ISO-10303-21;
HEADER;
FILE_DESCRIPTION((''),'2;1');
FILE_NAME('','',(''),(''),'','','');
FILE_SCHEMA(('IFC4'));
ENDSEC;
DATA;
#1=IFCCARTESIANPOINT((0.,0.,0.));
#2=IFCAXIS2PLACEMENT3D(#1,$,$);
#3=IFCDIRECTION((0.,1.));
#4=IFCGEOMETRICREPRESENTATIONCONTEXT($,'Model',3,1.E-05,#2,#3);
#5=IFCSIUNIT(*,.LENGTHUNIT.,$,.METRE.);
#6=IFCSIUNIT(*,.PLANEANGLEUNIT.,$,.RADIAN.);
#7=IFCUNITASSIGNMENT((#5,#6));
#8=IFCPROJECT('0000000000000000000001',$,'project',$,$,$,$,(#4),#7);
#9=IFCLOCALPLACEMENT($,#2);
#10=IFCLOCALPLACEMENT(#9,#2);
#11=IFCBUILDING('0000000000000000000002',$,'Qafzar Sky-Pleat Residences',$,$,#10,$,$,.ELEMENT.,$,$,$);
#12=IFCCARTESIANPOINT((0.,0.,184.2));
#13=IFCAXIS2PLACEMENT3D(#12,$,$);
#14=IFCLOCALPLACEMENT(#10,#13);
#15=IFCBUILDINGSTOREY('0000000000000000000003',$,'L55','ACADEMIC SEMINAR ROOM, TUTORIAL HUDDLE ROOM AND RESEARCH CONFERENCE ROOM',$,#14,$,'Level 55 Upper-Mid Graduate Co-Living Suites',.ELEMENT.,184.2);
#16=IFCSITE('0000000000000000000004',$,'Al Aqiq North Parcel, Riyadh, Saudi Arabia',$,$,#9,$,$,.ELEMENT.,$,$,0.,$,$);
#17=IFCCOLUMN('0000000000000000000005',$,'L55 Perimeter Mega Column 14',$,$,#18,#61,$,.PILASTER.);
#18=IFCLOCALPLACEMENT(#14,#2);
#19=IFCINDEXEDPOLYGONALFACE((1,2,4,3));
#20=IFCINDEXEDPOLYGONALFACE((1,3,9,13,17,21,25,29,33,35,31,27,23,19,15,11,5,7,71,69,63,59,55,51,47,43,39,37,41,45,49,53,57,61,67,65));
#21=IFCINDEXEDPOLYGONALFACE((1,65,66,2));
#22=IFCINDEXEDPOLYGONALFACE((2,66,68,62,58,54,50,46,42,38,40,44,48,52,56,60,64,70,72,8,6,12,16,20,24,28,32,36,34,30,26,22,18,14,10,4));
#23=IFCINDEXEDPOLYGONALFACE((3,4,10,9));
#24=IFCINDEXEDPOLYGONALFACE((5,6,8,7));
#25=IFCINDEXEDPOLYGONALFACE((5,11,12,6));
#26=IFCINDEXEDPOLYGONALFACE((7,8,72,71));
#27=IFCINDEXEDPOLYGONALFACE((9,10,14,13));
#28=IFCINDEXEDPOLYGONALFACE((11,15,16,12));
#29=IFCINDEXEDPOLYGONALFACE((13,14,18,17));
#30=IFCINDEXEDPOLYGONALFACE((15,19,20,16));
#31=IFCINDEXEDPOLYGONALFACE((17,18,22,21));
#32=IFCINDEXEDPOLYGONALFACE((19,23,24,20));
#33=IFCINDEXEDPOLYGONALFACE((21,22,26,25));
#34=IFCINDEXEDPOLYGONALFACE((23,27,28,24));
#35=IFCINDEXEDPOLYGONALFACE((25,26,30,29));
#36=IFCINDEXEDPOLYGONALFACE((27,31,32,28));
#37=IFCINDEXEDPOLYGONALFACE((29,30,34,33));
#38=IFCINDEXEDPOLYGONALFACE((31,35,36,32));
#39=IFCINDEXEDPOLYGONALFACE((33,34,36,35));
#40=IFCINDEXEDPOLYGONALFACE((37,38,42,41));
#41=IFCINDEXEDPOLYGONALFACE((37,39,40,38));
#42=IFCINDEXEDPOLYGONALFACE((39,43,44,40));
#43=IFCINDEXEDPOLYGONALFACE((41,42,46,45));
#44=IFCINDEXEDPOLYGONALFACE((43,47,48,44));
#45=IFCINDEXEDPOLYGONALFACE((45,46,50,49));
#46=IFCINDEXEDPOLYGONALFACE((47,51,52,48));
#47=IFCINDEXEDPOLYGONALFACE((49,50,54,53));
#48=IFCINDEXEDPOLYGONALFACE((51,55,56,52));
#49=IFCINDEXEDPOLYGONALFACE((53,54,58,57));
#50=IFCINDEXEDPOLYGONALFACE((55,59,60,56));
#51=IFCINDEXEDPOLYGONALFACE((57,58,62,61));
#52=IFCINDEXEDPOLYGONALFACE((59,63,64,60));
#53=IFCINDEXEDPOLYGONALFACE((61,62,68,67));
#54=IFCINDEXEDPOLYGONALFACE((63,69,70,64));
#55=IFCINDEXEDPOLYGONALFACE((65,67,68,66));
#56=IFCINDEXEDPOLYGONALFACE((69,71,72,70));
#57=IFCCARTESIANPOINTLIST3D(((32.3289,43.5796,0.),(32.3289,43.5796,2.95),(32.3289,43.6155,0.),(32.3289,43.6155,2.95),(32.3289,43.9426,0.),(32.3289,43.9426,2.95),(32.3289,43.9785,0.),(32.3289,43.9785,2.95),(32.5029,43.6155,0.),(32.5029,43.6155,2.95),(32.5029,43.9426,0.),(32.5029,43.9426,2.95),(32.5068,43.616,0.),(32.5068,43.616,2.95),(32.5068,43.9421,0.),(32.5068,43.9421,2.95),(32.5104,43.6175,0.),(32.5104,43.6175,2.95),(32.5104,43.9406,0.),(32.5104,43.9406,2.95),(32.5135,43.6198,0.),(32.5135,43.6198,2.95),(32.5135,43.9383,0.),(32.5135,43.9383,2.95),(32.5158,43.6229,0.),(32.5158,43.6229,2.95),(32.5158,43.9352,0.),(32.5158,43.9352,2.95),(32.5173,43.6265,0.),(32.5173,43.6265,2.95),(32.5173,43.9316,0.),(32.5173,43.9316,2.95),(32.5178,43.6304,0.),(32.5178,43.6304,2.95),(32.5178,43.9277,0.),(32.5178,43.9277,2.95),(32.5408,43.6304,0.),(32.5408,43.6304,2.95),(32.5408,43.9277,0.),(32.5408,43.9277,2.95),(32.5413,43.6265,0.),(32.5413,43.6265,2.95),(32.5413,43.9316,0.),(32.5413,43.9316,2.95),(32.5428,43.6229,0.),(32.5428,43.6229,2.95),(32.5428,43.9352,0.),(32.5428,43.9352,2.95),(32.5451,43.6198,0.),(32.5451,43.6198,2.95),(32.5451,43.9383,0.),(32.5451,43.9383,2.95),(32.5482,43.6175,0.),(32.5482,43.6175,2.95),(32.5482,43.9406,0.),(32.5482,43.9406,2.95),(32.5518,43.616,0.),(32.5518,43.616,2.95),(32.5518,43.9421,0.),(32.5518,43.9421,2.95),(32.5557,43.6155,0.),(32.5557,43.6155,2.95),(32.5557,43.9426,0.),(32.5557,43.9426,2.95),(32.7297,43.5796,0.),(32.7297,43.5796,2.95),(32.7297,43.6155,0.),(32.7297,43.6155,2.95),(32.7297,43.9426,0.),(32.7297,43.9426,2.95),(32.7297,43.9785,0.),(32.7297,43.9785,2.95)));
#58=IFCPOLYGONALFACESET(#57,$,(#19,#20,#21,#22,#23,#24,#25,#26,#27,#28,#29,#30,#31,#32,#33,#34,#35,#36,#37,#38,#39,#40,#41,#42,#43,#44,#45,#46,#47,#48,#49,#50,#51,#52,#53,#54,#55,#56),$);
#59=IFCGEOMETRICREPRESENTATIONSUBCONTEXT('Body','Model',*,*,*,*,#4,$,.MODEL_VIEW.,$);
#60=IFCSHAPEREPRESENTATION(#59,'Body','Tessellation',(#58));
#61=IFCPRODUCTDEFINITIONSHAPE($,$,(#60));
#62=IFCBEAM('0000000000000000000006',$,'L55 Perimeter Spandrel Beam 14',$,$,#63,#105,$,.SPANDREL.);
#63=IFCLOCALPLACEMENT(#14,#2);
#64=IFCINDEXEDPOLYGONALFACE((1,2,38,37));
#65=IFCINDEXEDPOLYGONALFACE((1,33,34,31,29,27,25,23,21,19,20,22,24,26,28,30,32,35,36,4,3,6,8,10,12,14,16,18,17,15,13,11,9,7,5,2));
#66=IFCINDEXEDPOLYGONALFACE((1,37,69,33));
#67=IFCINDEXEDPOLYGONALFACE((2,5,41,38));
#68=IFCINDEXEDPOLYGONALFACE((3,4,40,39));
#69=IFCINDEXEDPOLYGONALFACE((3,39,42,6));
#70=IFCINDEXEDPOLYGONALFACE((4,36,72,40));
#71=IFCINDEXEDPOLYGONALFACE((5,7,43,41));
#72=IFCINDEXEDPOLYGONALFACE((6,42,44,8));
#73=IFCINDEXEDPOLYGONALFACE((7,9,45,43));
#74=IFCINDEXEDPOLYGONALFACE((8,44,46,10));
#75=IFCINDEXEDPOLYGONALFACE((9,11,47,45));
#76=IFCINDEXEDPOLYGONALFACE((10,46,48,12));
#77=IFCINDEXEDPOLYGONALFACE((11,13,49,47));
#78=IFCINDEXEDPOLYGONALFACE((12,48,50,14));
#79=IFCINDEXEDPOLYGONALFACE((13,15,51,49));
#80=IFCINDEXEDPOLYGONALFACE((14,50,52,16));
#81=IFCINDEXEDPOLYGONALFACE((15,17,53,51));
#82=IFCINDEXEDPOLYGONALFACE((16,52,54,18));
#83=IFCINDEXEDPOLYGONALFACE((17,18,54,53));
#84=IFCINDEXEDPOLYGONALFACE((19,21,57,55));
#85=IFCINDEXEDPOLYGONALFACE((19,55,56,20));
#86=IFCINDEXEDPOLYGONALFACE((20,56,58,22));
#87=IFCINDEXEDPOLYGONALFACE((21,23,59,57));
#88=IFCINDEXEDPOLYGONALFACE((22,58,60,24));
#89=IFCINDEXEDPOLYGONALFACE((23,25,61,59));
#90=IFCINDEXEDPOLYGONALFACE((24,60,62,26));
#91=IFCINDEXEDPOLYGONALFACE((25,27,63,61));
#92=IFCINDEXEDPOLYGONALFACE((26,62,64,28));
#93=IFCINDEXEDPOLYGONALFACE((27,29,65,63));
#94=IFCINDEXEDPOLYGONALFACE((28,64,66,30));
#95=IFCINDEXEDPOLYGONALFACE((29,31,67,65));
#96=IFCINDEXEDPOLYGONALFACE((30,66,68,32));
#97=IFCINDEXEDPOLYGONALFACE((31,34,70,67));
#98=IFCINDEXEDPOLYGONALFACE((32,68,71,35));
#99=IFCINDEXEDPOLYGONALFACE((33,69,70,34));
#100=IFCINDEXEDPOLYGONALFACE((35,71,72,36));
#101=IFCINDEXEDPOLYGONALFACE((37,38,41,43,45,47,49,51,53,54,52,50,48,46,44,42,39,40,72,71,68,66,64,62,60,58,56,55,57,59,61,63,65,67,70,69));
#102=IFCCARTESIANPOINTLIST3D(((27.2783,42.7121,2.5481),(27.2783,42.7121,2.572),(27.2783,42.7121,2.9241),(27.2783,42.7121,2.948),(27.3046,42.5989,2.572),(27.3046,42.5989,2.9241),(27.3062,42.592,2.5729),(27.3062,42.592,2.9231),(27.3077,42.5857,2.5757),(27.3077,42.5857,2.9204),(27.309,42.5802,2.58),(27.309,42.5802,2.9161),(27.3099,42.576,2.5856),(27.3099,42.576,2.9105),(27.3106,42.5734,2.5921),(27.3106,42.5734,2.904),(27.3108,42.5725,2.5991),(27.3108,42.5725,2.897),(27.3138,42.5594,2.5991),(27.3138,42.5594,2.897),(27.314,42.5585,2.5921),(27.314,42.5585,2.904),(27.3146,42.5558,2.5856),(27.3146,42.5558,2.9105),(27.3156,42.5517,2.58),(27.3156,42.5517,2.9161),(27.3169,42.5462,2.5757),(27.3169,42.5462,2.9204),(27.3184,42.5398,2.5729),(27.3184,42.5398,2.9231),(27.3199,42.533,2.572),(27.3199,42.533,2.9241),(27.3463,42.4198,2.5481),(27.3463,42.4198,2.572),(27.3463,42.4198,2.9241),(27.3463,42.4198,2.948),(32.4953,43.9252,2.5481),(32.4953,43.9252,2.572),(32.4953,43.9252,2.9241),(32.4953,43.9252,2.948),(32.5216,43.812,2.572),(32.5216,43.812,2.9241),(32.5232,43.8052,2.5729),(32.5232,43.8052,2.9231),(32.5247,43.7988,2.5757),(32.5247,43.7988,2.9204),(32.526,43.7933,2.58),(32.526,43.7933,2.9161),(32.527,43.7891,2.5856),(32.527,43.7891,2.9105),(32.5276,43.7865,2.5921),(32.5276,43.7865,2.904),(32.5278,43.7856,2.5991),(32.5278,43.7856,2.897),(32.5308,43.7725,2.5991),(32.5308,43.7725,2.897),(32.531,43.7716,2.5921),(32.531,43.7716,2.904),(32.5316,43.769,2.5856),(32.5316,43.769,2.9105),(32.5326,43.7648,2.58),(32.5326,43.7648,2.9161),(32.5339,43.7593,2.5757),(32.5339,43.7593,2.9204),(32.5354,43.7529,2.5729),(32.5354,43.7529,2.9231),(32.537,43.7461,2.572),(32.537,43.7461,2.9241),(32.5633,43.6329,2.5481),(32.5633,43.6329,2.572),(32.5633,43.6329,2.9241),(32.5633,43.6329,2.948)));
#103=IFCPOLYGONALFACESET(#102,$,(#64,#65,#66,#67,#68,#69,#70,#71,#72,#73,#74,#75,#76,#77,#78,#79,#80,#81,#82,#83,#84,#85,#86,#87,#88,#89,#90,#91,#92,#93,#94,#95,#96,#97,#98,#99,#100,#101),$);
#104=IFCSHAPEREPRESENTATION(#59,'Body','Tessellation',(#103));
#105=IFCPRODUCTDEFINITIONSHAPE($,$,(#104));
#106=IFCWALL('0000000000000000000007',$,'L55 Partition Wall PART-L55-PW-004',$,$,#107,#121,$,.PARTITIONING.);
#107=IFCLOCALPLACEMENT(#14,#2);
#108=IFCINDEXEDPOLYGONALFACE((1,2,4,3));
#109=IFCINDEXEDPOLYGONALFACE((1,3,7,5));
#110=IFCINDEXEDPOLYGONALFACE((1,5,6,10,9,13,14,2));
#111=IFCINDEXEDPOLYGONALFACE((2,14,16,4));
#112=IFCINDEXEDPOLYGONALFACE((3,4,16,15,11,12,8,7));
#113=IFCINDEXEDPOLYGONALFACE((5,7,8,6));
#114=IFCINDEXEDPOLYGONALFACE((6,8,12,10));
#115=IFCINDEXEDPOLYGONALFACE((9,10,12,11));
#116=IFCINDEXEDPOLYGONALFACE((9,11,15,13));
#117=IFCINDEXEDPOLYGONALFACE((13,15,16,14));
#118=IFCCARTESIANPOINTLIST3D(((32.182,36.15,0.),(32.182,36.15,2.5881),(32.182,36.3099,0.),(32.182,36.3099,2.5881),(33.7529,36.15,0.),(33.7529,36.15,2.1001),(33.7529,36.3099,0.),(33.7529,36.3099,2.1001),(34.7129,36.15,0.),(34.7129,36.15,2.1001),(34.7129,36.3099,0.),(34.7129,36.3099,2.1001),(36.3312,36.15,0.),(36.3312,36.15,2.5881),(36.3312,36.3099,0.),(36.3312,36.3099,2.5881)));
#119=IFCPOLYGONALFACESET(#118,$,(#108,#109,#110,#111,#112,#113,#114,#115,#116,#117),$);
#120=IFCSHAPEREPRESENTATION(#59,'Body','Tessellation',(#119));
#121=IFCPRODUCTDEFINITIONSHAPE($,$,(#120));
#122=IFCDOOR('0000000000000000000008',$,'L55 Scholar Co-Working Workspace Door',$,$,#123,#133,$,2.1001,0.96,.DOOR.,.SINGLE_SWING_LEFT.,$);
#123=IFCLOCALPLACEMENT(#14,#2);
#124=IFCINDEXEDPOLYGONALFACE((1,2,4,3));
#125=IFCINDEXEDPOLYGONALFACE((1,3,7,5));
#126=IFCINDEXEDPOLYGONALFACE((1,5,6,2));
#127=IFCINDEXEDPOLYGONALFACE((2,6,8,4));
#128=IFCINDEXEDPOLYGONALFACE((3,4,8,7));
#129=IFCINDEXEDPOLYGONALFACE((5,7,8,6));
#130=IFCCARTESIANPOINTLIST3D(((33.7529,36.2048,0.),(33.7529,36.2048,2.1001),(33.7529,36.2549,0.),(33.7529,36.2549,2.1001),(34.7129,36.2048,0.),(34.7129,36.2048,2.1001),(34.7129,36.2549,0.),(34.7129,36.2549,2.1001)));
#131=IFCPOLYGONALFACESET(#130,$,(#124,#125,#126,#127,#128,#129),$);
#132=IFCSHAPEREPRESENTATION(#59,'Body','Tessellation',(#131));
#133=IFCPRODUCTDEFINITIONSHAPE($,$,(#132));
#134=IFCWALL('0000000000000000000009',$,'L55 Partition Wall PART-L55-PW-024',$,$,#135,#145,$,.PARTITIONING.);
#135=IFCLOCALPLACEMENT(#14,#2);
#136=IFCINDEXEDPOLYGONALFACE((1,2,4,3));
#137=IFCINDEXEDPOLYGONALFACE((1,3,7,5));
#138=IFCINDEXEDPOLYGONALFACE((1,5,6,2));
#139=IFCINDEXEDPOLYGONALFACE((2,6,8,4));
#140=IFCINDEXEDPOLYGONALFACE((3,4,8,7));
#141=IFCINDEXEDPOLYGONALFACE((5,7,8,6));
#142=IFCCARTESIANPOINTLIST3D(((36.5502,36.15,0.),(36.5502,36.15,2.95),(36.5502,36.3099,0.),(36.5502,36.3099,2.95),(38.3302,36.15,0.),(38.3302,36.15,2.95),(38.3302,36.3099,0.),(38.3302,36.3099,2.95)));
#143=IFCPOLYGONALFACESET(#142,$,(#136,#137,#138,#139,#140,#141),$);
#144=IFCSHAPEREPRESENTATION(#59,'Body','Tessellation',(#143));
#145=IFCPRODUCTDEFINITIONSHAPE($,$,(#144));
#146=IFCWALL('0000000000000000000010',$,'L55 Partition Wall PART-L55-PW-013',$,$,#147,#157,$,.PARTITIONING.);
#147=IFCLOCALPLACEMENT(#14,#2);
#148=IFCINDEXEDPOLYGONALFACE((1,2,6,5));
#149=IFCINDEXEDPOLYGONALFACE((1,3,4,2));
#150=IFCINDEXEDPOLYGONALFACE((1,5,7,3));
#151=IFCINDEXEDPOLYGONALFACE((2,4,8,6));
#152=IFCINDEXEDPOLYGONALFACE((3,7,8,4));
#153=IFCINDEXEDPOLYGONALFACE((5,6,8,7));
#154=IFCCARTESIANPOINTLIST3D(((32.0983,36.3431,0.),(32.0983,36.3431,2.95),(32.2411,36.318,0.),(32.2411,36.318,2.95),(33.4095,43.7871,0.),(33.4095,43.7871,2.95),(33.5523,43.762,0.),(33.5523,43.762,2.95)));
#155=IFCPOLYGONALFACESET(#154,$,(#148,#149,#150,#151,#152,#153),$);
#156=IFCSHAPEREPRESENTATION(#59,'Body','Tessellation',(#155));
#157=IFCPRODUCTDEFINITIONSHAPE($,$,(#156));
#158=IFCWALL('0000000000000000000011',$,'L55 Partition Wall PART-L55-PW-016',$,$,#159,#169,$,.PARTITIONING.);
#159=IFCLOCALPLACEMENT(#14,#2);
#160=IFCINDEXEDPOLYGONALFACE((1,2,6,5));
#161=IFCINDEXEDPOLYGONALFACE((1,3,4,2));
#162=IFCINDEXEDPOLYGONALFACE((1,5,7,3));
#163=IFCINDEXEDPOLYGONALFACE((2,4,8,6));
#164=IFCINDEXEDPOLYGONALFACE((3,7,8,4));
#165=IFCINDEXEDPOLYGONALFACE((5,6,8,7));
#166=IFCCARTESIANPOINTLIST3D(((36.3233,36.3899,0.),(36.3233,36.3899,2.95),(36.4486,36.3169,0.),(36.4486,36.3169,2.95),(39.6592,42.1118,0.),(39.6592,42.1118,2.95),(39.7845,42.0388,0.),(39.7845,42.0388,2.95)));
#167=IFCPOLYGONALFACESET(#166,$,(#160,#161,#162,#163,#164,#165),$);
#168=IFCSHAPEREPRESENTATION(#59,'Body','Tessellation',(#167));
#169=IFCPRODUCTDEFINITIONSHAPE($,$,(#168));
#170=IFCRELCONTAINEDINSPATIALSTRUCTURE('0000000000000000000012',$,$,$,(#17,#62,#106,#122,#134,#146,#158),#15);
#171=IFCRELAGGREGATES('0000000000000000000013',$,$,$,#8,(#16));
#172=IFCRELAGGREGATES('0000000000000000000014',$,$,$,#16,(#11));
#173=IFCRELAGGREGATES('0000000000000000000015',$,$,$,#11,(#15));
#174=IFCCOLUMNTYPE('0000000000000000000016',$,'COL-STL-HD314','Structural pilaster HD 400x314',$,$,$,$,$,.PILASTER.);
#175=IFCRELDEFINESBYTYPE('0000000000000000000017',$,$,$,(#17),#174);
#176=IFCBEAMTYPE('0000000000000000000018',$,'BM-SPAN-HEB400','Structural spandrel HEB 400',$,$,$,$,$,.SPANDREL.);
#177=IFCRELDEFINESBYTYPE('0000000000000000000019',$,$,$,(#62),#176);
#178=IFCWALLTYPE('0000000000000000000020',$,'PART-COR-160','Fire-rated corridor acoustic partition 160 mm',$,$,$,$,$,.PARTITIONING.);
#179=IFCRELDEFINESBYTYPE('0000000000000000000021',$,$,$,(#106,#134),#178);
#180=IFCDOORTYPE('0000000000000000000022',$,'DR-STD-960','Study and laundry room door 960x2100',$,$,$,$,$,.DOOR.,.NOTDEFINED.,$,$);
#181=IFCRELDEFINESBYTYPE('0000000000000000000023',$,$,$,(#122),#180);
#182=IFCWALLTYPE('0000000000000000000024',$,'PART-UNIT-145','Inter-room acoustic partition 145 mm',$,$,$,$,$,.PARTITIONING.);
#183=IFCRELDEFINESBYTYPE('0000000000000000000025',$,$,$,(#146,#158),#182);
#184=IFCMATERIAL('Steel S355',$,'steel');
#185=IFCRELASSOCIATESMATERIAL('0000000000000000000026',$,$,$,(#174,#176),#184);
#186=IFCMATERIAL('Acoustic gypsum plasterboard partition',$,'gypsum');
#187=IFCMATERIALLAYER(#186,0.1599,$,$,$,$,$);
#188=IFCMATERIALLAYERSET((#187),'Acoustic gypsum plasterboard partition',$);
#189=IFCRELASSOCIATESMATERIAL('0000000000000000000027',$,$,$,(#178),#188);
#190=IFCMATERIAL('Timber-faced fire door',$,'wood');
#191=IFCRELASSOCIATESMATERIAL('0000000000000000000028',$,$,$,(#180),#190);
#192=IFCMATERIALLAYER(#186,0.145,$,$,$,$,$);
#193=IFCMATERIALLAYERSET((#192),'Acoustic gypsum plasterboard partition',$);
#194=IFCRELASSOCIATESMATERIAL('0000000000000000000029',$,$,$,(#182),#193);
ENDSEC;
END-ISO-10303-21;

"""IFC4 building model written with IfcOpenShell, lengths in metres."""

from ifc_helpers import new_model, si_unit, direction, frame, frame_2d, origin, origin_2d, place, context, subcontext, project, spatial, rectangle, i_section, extrude, source, transform, mapped, material, layer, layer_set, material_profile, profile_set, type_object, element, fill, save


model = new_model("IFC4")

# Units and contexts
model_context = context("Model", 3, precision=1e-05, world=origin(), true_north=direction((0.0, 1.0)))
body_context = subcontext(model_context, "Body", "Model", "MODEL_VIEW")
ifc_project = project(units=[si_unit("LENGTHUNIT", "METRE"), si_unit("PLANEANGLEUNIT", "RADIAN")], contexts=[model_context])

# Site, building, storey
site_placement = place(None, origin())
site = spatial("IfcSite", under=ifc_project, at=site_placement, Name="Al Aqiq North Parcel, Riyadh, Saudi Arabia", CompositionType="ELEMENT", RefElevation=0.0)
building_placement = place(site_placement, origin())
building = spatial("IfcBuilding", under=site, at=building_placement, Name="Qafzar Sky-Pleat Residences", CompositionType="ELEMENT")
storey_placement = place(building_placement, frame((0.0, 0.0, 184.2)))
storey = spatial("IfcBuildingStorey", under=building, at=storey_placement, Name="L55", Description="ACADEMIC SEMINAR ROOM, TUTORIAL HUDDLE ROOM AND RESEARCH CONFERENCE ROOM", LongName="Level 55 Upper-Mid Graduate Co-Living Suites", CompositionType="ELEMENT", Elevation=184.2)

# Column
ifc_material_1 = material(Name="Steel S355", Category="steel")
ifc_material_profile_1 = material_profile(ifc_material_1, i_section(OverallWidth=0.4009, OverallDepth=0.3989, WebThickness=0.0229, FlangeThickness=0.0359, FilletRadius=0.0149, at=origin_2d()), Name="HD 400x314")
ifc_profile_set_1 = profile_set([ifc_material_profile_1], Name="Steel S355")
column_type = type_object("IfcColumnType", Name="COL-STL-HD314", Description="Structural pilaster HD 400x314", PredefinedType="PILASTER", material=ifc_profile_set_1)
shared_shape_1 = source(origin(), body_context, "Body", "SweptSolid", [
    extrude(i_section(OverallWidth=0.4009, OverallDepth=0.3989, WebThickness=0.0229, FlangeThickness=0.0359, FilletRadius=0.0149, at=origin_2d()), origin(), (0.0, 0.0, 1.0), 2.95),
])
column_placement = place(storey_placement, frame((32.5293, 43.7791, 0.0), z_axis=(0.0, 0.0, 1.0), x_axis=(1.0, 0.0, 0.0)))
element("IfcColumn", 1, at=column_placement, inside=storey, type_object=column_type, Name="L55 Perimeter Mega Column 14", PredefinedType="PILASTER", context=body_context, shape_type="MappedRepresentation", body=[
    mapped(shared_shape_1, transform((0.0, 0.0, 0.0), x_axis=(1.0, 0.0, 0.0), y_axis=(0.0, 1.0, 0.0), z_axis=(0.0, 0.0, 1.0), scale=1.0)),
])

# Beam
ifc_material_profile_2 = material_profile(ifc_material_1, i_section(OverallWidth=0.3, OverallDepth=0.3999, WebThickness=0.0134, FlangeThickness=0.0239, FilletRadius=0.0271, at=origin_2d()), Name="HEB 400")
ifc_profile_set_2 = profile_set([ifc_material_profile_2], Name="Steel S355")
beam_type = type_object("IfcBeamType", Name="BM-SPAN-HEB400", Description="Structural spandrel HEB 400", PredefinedType="SPANDREL", material=ifc_profile_set_2)
shared_shape_2 = source(origin(), body_context, "Body", "SweptSolid", [
    extrude(i_section(OverallWidth=0.3, OverallDepth=0.3999, WebThickness=0.0134, FlangeThickness=0.0239, FilletRadius=0.0271, at=origin_2d()), origin(), (0.0, 0.0, 1.0), 5.3562),
])
beam_placement = place(storey_placement, frame((32.5293, 43.7791, 2.748), z_axis=(-0.974013, -0.22649, 0.0), x_axis=(0.22649, -0.974013, 0.0)))
element("IfcBeam", 2, at=beam_placement, inside=storey, type_object=beam_type, Name="L55 Perimeter Spandrel Beam 14", PredefinedType="SPANDREL", context=body_context, shape_type="MappedRepresentation", body=[
    mapped(shared_shape_2, transform((0.0, 0.0, 0.0), x_axis=(1.0, 0.0, 0.0), y_axis=(0.0, 1.0, 0.0), z_axis=(0.0, 0.0, 1.0), scale=1.0)),
])

# Wall, opening, door
ifc_material_2 = material(Name="Acoustic gypsum plasterboard partition", Category="gypsum")
ifc_layer_1 = layer(ifc_material_2, 0.1599)
ifc_layer_set_1 = layer_set([ifc_layer_1], Name="Acoustic gypsum plasterboard partition")
wall_type_1 = type_object("IfcWallType", Name="PART-COR-160", Description="Fire-rated corridor acoustic partition 160 mm", PredefinedType="PARTITIONING", material=ifc_layer_set_1)
wall_1_placement = place(storey_placement, frame((32.1819, 36.23, 0.0), z_axis=(0.0, 0.0, 1.0), x_axis=(1.0, 0.0, 0.0)))
wall_1 = element("IfcWall", 3, at=wall_1_placement, inside=storey, type_object=wall_type_1, Name="L55 Partition Wall PART-L55-PW-004", PredefinedType="PARTITIONING", context=body_context, shape_type="SweptSolid", body=[
    extrude(rectangle(XDim=4.1492, YDim=0.1599, at=frame_2d((2.0747, 0.0))), origin(), (0.0, 0.0, 1.0), 2.5881),
])
opening_1_placement = place(wall_1_placement, frame((1.571, 0.0, 0.0)))
opening_1 = element("IfcOpeningElement", 4, at=opening_1_placement, cuts=wall_1, PredefinedType="OPENING", context=body_context, shape_type="SweptSolid", body=[
    extrude(rectangle(XDim=0.96, YDim=2.1001, at=frame_2d((0.48, 1.05))), frame((0.0, 0.0898, 0.0), z_axis=(0.0, -1.0, 0.0), x_axis=(1.0, 0.0, 0.0)), (0.0, 0.0, 1.0), 0.1799),
])
ifc_material_3 = material(Name="Timber-faced fire door", Category="wood")
door_type_1 = type_object("IfcDoorType", Name="DR-STD-960", Description="Study and laundry room door 960x2100", OperationType="NOTDEFINED", PredefinedType="DOOR", material=ifc_material_3)
shared_shape_3 = source(origin(), body_context, "Body", "SweptSolid", [
    extrude(rectangle(XDim=0.96, YDim=2.1001, at=frame_2d((0.48, 1.05))), frame((0.0, 0.0249, 0.0), z_axis=(0.0, -1.0, 0.0), x_axis=(1.0, 0.0, 0.0)), (0.0, 0.0, 1.0), 0.05),
])
door_1_placement = place(opening_1_placement, origin())
door_1 = element("IfcDoor", 5, at=door_1_placement, inside=storey, type_object=door_type_1, Name="L55 Scholar Co-Working Workspace Door", OperationType="SINGLE_SWING_LEFT", OverallHeight=2.1001, OverallWidth=0.96, PredefinedType="DOOR", context=body_context, shape_type="MappedRepresentation", body=[
    mapped(shared_shape_3, transform((0.0, 0.0, 0.0), x_axis=(1.0, 0.0, 0.0), y_axis=(0.0, 1.0, 0.0), z_axis=(0.0, 0.0, 1.0), scale=1.0)),
])
fill(opening_1, door_1)

# Walls
wall_2_placement = place(storey_placement, frame((36.55, 36.23, 0.0), z_axis=(0.0, 0.0, 1.0), x_axis=(1.0, 0.0, 0.0)))
element("IfcWall", 6, at=wall_2_placement, inside=storey, type_object=wall_type_1, Name="L55 Partition Wall PART-L55-PW-024", PredefinedType="PARTITIONING", context=body_context, shape_type="SweptSolid", body=[
    extrude(rectangle(XDim=1.78, YDim=0.1599, at=frame_2d((0.8901, 0.0))), origin(), (0.0, 0.0, 1.0), 2.95),
])
ifc_layer_2 = layer(ifc_material_2, 0.145)
ifc_layer_set_2 = layer_set([ifc_layer_2], Name="Acoustic gypsum plasterboard partition")
wall_type_2 = type_object("IfcWallType", Name="PART-UNIT-145", Description="Inter-room acoustic partition 145 mm", PredefinedType="PARTITIONING", material=ifc_layer_set_2)
wall_3_placement = place(storey_placement, frame((32.1697, 36.3306, 0.0), z_axis=(0.0, 0.0, 1.0), x_axis=(0.173479, 0.984837, 0.0)))
element("IfcWall", 7, at=wall_3_placement, inside=storey, type_object=wall_type_2, Name="L55 Partition Wall PART-L55-PW-013", PredefinedType="PARTITIONING", context=body_context, shape_type="SweptSolid", body=[
    extrude(rectangle(XDim=7.5586, YDim=0.145, at=frame_2d((3.7793, 0.0))), origin(), (0.0, 0.0, 1.0), 2.95),
])
wall_4_placement = place(storey_placement, frame((36.386, 36.3535, 0.0), z_axis=(0.0, 0.0, 1.0), x_axis=(0.503662, 0.863901, 0.0)))
element("IfcWall", 8, at=wall_4_placement, inside=storey, type_object=wall_type_2, Name="L55 Partition Wall PART-L55-PW-016", PredefinedType="PARTITIONING", context=body_context, shape_type="SweptSolid", body=[
    extrude(rectangle(XDim=6.6233, YDim=0.145, at=frame_2d((3.3115, 0.0))), origin(), (0.0, 0.0, 1.0), 2.95),
])

save(model, "model.ifc")
